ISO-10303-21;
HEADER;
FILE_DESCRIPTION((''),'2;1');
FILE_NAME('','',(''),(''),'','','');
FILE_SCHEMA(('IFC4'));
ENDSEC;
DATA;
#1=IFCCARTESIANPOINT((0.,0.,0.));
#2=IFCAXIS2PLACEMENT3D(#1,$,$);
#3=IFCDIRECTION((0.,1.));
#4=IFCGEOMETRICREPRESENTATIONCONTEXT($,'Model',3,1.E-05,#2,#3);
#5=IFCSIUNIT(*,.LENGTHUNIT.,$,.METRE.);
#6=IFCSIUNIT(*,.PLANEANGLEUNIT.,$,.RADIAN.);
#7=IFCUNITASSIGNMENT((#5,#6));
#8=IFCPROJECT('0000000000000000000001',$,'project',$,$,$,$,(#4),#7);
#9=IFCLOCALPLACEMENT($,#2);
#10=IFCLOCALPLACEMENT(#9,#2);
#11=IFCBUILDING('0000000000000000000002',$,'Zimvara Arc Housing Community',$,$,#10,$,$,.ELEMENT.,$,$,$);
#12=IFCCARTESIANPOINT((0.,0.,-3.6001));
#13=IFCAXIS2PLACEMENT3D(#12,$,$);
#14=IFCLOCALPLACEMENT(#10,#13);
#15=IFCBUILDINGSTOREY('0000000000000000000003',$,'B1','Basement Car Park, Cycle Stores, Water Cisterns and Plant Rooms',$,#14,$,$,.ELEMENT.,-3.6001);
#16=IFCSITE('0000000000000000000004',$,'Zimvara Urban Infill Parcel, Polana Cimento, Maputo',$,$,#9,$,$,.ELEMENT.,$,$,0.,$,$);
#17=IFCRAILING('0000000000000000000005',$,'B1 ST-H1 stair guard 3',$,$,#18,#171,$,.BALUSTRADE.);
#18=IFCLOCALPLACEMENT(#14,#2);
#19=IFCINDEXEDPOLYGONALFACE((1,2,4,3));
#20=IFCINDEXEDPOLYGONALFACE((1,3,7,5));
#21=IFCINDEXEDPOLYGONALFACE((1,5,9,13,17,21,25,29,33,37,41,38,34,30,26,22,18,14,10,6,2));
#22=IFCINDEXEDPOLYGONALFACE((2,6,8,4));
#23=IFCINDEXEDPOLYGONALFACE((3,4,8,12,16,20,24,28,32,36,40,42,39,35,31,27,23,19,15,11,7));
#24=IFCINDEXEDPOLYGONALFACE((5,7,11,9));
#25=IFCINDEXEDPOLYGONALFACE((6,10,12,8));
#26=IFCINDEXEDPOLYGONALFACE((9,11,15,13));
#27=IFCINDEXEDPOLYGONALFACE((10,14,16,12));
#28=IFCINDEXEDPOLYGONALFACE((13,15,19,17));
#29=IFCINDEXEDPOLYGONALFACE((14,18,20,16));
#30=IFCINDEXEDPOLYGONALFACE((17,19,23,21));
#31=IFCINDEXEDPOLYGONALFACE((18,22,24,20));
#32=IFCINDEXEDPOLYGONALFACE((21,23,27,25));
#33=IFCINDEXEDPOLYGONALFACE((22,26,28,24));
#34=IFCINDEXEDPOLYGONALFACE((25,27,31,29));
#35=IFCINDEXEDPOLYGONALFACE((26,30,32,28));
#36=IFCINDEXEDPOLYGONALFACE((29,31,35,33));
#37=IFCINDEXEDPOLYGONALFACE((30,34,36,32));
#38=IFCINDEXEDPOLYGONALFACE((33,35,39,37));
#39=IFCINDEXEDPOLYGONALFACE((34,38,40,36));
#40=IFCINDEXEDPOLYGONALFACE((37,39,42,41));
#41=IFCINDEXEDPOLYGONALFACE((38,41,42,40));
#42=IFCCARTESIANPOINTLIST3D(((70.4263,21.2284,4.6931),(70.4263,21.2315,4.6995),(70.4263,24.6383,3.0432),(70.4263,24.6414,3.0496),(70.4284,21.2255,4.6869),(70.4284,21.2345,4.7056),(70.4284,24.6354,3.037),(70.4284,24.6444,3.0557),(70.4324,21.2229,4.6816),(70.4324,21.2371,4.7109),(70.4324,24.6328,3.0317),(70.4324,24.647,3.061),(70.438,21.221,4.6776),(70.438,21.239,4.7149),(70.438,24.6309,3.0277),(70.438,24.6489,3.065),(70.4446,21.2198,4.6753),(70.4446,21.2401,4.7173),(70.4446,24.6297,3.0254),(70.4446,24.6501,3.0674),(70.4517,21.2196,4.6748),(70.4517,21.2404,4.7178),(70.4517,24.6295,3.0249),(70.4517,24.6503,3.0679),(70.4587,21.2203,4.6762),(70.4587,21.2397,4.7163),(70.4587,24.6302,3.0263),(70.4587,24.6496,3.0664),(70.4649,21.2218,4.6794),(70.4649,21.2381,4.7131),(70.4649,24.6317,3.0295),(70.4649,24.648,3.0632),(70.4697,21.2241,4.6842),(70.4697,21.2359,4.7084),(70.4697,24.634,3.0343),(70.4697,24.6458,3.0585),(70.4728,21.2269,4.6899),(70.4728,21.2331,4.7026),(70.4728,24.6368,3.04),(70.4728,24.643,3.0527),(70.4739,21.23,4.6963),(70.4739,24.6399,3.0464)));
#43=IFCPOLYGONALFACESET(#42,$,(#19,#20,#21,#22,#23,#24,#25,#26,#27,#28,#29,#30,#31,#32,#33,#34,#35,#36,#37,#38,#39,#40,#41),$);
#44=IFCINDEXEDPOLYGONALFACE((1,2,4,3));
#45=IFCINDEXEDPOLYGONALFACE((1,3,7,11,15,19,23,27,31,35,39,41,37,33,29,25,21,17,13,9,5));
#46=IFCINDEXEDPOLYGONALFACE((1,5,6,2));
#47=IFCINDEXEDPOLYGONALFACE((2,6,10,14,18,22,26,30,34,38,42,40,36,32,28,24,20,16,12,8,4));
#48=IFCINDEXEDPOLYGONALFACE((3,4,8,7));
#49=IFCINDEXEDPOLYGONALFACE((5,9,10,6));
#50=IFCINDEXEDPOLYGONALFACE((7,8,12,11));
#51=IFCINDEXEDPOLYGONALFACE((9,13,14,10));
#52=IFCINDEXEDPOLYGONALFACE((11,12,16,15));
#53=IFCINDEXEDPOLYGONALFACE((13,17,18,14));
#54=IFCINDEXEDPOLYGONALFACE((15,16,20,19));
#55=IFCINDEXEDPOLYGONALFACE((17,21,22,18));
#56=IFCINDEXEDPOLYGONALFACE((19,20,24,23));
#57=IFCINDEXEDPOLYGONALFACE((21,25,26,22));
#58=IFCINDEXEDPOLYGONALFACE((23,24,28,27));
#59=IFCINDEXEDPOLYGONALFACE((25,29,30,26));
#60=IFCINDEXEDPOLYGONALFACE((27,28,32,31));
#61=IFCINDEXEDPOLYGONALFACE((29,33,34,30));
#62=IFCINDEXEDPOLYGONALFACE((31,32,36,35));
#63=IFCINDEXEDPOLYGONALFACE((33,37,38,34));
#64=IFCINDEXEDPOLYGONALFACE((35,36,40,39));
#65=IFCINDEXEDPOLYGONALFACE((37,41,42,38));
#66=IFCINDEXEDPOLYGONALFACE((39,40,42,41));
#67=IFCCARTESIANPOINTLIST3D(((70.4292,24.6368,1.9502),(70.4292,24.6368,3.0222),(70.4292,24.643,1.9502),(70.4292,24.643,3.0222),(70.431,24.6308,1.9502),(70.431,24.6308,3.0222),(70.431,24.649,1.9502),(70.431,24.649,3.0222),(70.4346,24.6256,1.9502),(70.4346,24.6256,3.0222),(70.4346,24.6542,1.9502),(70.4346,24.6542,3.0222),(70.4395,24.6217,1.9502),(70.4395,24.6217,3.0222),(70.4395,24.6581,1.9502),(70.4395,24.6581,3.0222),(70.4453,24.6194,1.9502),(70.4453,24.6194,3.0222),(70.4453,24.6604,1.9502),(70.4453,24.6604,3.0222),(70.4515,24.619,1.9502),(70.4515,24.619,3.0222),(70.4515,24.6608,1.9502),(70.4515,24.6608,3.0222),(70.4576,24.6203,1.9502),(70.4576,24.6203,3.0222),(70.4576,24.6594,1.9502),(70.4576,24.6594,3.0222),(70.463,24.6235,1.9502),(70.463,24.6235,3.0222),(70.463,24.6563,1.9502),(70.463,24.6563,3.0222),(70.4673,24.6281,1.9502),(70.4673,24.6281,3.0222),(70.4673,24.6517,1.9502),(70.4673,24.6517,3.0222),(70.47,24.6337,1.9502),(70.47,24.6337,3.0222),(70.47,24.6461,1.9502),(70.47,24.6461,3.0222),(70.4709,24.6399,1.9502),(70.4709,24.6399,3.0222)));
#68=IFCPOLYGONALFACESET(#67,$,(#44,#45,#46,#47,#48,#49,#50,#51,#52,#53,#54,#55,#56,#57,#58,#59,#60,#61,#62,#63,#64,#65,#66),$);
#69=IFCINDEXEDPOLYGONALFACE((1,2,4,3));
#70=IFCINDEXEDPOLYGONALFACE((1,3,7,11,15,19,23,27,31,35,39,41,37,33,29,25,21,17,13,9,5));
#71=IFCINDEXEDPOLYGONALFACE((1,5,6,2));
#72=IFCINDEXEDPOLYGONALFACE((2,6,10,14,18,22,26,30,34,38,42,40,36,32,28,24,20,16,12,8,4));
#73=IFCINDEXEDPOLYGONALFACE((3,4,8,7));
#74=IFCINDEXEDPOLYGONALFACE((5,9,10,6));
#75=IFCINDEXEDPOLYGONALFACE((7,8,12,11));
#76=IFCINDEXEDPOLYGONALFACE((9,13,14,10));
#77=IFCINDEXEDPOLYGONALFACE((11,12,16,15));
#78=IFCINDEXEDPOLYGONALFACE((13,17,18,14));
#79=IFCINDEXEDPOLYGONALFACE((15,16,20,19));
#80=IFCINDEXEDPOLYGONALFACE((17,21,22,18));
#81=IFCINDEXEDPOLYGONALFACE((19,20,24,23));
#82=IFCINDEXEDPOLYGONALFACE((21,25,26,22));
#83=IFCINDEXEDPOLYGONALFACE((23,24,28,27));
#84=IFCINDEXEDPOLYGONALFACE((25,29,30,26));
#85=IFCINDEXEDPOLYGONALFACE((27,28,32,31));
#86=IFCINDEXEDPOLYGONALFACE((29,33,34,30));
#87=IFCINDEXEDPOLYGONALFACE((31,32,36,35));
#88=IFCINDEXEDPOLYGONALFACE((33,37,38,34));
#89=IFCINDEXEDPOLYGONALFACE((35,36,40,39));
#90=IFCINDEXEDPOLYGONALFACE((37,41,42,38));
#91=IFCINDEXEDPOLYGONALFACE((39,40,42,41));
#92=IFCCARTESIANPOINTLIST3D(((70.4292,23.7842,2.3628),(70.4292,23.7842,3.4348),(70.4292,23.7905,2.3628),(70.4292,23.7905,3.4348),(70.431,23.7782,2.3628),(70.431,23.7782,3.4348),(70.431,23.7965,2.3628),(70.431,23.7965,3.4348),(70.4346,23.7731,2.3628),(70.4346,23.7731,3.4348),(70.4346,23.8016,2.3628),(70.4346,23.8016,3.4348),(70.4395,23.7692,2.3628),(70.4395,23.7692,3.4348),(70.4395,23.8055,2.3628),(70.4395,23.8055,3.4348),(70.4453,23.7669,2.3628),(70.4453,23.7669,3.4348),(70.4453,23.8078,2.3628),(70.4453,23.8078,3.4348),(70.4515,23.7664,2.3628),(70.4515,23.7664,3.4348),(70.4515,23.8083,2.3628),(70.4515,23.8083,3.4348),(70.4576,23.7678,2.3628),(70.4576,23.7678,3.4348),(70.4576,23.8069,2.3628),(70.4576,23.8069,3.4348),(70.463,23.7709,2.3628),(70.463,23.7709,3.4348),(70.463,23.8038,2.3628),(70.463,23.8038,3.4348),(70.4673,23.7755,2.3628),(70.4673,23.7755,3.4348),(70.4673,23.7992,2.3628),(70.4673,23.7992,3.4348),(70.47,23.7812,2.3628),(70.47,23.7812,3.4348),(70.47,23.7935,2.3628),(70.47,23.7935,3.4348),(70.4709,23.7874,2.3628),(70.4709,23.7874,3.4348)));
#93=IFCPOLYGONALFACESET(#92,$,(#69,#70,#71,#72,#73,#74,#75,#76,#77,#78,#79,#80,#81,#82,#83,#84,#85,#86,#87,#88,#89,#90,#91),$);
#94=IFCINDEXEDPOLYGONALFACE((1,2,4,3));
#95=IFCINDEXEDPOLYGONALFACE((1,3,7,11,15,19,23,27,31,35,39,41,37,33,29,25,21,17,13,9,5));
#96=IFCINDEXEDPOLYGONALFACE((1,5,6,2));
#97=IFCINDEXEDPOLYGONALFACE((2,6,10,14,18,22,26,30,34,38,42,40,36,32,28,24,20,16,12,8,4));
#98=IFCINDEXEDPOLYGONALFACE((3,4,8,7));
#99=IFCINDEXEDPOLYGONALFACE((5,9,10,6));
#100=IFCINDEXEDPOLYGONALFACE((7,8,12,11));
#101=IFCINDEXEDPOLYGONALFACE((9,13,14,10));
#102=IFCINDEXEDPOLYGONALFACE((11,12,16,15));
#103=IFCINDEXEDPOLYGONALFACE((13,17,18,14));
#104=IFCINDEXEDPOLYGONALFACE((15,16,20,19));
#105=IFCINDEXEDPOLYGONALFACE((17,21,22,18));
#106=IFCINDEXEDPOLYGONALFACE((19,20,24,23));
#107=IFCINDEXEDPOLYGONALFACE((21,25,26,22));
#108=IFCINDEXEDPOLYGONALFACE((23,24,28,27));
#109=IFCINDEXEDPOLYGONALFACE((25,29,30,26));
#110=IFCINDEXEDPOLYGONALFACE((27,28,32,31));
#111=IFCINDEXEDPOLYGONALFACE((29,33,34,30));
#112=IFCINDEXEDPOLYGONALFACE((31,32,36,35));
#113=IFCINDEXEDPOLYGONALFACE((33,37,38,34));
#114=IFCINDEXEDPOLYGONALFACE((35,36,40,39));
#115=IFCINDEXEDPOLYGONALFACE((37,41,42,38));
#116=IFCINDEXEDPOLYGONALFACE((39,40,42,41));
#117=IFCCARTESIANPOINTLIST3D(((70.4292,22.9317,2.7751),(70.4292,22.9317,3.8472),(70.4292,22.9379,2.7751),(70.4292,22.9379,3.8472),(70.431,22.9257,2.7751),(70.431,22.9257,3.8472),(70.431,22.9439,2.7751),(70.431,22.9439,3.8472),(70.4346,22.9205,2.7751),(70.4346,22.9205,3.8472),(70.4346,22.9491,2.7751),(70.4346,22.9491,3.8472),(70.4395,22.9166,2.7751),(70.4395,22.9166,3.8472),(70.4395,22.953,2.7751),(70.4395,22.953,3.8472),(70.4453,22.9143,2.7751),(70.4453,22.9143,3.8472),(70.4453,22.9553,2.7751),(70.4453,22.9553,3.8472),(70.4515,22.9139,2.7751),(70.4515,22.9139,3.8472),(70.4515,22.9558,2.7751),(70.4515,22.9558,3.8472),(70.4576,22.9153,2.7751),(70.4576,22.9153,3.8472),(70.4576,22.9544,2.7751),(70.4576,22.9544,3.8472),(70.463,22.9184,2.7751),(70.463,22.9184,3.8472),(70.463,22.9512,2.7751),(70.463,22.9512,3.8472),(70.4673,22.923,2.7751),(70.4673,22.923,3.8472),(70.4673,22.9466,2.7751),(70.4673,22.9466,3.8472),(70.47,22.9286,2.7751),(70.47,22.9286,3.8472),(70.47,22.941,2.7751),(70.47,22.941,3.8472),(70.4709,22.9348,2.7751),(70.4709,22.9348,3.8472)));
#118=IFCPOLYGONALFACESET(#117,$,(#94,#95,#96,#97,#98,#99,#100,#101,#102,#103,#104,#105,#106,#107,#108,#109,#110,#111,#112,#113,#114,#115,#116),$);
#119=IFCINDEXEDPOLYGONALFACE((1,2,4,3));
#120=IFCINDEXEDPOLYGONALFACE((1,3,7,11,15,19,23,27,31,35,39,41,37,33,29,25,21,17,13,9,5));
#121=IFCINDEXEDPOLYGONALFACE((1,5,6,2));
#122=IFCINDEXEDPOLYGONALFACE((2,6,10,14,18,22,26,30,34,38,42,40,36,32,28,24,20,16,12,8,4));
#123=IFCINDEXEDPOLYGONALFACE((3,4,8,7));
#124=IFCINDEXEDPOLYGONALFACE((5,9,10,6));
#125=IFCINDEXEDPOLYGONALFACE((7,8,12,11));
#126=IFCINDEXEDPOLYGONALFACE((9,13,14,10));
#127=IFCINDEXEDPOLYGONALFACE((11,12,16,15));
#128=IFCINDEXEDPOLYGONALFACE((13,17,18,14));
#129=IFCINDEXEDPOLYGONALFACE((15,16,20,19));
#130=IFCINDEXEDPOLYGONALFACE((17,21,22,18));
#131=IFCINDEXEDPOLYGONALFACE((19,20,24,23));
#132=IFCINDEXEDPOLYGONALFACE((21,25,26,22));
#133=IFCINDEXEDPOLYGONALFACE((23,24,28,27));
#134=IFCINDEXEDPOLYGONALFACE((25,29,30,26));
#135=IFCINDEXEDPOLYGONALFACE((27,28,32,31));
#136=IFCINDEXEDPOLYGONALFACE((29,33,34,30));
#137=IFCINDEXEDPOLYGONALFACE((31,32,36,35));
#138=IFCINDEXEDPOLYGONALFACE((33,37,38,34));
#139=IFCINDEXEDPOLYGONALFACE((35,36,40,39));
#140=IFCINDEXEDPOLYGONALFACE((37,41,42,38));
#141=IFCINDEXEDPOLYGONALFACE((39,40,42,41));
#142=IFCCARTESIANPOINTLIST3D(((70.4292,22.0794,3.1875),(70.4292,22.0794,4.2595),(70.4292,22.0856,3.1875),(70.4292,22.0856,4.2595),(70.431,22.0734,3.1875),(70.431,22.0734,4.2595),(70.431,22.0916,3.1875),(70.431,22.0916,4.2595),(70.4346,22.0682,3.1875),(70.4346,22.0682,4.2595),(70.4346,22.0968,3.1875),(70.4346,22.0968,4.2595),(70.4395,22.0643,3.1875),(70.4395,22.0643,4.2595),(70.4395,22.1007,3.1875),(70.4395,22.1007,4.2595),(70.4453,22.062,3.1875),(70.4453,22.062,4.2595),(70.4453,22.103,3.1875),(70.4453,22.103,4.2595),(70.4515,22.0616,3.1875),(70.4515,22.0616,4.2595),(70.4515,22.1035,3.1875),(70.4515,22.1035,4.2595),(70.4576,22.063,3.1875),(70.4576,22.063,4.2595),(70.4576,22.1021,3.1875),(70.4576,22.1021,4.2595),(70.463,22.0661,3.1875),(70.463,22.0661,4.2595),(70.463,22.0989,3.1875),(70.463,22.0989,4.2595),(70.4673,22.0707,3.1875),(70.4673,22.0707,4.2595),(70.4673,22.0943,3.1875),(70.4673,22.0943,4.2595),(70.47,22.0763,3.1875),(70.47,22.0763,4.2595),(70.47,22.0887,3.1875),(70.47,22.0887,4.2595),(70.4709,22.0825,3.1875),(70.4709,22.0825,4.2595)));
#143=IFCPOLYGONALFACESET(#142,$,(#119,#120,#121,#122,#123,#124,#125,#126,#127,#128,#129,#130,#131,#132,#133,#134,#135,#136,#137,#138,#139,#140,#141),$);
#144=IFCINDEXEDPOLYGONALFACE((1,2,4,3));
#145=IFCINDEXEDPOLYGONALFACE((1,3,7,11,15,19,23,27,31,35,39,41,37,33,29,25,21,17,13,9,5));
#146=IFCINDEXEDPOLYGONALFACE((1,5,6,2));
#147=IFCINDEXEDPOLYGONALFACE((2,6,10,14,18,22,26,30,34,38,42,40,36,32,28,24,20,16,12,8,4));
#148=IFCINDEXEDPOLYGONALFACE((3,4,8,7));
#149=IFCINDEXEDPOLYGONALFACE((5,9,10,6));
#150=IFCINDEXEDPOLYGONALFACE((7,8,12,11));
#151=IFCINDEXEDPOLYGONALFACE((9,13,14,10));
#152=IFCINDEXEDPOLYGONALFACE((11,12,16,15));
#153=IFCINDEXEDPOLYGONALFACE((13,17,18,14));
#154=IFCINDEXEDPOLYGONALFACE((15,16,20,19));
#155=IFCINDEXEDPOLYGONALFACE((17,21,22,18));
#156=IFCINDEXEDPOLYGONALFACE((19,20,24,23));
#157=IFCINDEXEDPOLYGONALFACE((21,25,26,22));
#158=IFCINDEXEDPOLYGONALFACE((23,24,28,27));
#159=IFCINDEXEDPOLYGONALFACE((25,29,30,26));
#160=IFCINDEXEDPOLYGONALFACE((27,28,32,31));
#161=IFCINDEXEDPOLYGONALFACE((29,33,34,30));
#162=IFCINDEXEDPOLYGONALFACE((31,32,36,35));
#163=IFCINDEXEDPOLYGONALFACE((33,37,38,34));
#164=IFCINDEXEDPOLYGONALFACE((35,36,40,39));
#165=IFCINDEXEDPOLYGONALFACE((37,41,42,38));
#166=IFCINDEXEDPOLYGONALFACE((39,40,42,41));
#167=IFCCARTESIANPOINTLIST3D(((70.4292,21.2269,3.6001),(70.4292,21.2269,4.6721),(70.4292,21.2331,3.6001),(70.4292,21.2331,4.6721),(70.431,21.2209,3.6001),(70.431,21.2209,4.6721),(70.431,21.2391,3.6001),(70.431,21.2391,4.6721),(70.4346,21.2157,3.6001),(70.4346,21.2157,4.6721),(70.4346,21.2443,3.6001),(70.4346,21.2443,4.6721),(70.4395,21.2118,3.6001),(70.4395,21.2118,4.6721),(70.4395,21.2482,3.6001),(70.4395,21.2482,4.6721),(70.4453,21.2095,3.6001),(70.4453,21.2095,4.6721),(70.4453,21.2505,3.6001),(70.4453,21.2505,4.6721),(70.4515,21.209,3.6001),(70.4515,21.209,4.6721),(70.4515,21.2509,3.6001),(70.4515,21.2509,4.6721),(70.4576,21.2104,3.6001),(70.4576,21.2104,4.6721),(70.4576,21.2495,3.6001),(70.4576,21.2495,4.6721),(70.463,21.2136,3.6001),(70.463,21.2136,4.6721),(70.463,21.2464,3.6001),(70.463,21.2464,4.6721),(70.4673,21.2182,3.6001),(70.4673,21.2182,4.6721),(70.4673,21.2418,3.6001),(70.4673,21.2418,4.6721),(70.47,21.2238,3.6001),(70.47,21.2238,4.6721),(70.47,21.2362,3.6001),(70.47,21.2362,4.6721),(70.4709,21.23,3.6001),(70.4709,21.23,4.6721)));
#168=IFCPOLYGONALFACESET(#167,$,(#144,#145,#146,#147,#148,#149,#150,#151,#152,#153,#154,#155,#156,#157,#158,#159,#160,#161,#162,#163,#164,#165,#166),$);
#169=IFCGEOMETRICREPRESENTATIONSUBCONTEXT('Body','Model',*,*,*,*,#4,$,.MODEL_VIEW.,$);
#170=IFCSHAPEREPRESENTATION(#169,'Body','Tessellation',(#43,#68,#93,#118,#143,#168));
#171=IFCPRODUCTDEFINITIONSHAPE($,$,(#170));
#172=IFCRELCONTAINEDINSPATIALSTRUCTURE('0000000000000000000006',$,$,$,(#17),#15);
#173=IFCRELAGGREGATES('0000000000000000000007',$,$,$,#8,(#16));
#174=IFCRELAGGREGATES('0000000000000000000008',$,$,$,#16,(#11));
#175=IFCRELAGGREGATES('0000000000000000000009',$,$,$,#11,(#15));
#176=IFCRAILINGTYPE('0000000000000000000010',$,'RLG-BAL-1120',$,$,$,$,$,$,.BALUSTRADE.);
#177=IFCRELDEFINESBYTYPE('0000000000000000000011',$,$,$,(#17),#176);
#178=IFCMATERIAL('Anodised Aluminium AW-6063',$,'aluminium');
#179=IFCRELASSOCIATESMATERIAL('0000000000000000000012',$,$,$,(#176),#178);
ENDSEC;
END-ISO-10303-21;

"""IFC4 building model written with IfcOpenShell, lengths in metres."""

from ifc_helpers import new_model, si_unit, direction, frame, origin, origin_2d, place, context, subcontext, project, spatial, circle, extrude, material, type_object, element, save


model = new_model("IFC4")

# Units and contexts
model_context = context("Model", 3, precision=1e-05, world=origin(), true_north=direction((0.0, 1.0)))
body_context = subcontext(model_context, "Body", "Model", "MODEL_VIEW")
ifc_project = project(units=[si_unit("LENGTHUNIT", "METRE"), si_unit("PLANEANGLEUNIT", "RADIAN")], contexts=[model_context])

# Site, building, storey
site_placement = place(None, origin())
site = spatial("IfcSite", under=ifc_project, at=site_placement, Name="Zimvara Urban Infill Parcel, Polana Cimento, Maputo", CompositionType="ELEMENT", RefElevation=0.0)
building_placement = place(site_placement, origin())
building = spatial("IfcBuilding", under=site, at=building_placement, Name="Zimvara Arc Housing Community", CompositionType="ELEMENT")
storey_placement = place(building_placement, frame((0.0, 0.0, -3.6001)))
storey = spatial("IfcBuildingStorey", under=building, at=storey_placement, Name="B1", Description="Basement Car Park, Cycle Stores, Water Cisterns and Plant Rooms", CompositionType="ELEMENT", Elevation=-3.6001)

# Railing
ifc_material_1 = material(Name="Anodised Aluminium AW-6063", Category="aluminium")
railing_type_1 = type_object("IfcRailingType", Name="RLG-BAL-1120", PredefinedType="BALUSTRADE", material=ifc_material_1)
railing_1_placement = place(storey_placement, frame((70.45, 24.6399, 1.9502)))
element("IfcRailing", 1, at=railing_1_placement, inside=storey, type_object=railing_type_1, Name="B1 ST-H1 stair guard 3", PredefinedType="BALUSTRADE", context=body_context, shape_type="SweptSolid", body=[
    extrude(circle(Radius=0.0239, at=origin_2d()), frame((0.0, 0.0, 1.0962), z_axis=(0.0, -0.900165, 0.435549), x_axis=(1.0, 0.0, 0.0)), (0.0, 0.0, 1.0), 3.7881),
    extrude(circle(Radius=0.021, at=origin_2d()), origin(), (0.0, 0.0, 1.0), 1.072),
    extrude(circle(Radius=0.021, at=origin_2d()), frame((0.0, -0.8525, 0.4126)), (0.0, 0.0, 1.0), 1.072),
    extrude(circle(Radius=0.021, at=origin_2d()), frame((0.0, -1.7051, 0.825)), (0.0, 0.0, 1.0), 1.072),
    extrude(circle(Radius=0.021, at=origin_2d()), frame((0.0, -2.5574, 1.2373)), (0.0, 0.0, 1.0), 1.072),
    extrude(circle(Radius=0.021, at=origin_2d()), frame((0.0, -3.4099, 1.6499)), (0.0, 0.0, 1.0), 1.072),
])

save(model, "model.ifc")
